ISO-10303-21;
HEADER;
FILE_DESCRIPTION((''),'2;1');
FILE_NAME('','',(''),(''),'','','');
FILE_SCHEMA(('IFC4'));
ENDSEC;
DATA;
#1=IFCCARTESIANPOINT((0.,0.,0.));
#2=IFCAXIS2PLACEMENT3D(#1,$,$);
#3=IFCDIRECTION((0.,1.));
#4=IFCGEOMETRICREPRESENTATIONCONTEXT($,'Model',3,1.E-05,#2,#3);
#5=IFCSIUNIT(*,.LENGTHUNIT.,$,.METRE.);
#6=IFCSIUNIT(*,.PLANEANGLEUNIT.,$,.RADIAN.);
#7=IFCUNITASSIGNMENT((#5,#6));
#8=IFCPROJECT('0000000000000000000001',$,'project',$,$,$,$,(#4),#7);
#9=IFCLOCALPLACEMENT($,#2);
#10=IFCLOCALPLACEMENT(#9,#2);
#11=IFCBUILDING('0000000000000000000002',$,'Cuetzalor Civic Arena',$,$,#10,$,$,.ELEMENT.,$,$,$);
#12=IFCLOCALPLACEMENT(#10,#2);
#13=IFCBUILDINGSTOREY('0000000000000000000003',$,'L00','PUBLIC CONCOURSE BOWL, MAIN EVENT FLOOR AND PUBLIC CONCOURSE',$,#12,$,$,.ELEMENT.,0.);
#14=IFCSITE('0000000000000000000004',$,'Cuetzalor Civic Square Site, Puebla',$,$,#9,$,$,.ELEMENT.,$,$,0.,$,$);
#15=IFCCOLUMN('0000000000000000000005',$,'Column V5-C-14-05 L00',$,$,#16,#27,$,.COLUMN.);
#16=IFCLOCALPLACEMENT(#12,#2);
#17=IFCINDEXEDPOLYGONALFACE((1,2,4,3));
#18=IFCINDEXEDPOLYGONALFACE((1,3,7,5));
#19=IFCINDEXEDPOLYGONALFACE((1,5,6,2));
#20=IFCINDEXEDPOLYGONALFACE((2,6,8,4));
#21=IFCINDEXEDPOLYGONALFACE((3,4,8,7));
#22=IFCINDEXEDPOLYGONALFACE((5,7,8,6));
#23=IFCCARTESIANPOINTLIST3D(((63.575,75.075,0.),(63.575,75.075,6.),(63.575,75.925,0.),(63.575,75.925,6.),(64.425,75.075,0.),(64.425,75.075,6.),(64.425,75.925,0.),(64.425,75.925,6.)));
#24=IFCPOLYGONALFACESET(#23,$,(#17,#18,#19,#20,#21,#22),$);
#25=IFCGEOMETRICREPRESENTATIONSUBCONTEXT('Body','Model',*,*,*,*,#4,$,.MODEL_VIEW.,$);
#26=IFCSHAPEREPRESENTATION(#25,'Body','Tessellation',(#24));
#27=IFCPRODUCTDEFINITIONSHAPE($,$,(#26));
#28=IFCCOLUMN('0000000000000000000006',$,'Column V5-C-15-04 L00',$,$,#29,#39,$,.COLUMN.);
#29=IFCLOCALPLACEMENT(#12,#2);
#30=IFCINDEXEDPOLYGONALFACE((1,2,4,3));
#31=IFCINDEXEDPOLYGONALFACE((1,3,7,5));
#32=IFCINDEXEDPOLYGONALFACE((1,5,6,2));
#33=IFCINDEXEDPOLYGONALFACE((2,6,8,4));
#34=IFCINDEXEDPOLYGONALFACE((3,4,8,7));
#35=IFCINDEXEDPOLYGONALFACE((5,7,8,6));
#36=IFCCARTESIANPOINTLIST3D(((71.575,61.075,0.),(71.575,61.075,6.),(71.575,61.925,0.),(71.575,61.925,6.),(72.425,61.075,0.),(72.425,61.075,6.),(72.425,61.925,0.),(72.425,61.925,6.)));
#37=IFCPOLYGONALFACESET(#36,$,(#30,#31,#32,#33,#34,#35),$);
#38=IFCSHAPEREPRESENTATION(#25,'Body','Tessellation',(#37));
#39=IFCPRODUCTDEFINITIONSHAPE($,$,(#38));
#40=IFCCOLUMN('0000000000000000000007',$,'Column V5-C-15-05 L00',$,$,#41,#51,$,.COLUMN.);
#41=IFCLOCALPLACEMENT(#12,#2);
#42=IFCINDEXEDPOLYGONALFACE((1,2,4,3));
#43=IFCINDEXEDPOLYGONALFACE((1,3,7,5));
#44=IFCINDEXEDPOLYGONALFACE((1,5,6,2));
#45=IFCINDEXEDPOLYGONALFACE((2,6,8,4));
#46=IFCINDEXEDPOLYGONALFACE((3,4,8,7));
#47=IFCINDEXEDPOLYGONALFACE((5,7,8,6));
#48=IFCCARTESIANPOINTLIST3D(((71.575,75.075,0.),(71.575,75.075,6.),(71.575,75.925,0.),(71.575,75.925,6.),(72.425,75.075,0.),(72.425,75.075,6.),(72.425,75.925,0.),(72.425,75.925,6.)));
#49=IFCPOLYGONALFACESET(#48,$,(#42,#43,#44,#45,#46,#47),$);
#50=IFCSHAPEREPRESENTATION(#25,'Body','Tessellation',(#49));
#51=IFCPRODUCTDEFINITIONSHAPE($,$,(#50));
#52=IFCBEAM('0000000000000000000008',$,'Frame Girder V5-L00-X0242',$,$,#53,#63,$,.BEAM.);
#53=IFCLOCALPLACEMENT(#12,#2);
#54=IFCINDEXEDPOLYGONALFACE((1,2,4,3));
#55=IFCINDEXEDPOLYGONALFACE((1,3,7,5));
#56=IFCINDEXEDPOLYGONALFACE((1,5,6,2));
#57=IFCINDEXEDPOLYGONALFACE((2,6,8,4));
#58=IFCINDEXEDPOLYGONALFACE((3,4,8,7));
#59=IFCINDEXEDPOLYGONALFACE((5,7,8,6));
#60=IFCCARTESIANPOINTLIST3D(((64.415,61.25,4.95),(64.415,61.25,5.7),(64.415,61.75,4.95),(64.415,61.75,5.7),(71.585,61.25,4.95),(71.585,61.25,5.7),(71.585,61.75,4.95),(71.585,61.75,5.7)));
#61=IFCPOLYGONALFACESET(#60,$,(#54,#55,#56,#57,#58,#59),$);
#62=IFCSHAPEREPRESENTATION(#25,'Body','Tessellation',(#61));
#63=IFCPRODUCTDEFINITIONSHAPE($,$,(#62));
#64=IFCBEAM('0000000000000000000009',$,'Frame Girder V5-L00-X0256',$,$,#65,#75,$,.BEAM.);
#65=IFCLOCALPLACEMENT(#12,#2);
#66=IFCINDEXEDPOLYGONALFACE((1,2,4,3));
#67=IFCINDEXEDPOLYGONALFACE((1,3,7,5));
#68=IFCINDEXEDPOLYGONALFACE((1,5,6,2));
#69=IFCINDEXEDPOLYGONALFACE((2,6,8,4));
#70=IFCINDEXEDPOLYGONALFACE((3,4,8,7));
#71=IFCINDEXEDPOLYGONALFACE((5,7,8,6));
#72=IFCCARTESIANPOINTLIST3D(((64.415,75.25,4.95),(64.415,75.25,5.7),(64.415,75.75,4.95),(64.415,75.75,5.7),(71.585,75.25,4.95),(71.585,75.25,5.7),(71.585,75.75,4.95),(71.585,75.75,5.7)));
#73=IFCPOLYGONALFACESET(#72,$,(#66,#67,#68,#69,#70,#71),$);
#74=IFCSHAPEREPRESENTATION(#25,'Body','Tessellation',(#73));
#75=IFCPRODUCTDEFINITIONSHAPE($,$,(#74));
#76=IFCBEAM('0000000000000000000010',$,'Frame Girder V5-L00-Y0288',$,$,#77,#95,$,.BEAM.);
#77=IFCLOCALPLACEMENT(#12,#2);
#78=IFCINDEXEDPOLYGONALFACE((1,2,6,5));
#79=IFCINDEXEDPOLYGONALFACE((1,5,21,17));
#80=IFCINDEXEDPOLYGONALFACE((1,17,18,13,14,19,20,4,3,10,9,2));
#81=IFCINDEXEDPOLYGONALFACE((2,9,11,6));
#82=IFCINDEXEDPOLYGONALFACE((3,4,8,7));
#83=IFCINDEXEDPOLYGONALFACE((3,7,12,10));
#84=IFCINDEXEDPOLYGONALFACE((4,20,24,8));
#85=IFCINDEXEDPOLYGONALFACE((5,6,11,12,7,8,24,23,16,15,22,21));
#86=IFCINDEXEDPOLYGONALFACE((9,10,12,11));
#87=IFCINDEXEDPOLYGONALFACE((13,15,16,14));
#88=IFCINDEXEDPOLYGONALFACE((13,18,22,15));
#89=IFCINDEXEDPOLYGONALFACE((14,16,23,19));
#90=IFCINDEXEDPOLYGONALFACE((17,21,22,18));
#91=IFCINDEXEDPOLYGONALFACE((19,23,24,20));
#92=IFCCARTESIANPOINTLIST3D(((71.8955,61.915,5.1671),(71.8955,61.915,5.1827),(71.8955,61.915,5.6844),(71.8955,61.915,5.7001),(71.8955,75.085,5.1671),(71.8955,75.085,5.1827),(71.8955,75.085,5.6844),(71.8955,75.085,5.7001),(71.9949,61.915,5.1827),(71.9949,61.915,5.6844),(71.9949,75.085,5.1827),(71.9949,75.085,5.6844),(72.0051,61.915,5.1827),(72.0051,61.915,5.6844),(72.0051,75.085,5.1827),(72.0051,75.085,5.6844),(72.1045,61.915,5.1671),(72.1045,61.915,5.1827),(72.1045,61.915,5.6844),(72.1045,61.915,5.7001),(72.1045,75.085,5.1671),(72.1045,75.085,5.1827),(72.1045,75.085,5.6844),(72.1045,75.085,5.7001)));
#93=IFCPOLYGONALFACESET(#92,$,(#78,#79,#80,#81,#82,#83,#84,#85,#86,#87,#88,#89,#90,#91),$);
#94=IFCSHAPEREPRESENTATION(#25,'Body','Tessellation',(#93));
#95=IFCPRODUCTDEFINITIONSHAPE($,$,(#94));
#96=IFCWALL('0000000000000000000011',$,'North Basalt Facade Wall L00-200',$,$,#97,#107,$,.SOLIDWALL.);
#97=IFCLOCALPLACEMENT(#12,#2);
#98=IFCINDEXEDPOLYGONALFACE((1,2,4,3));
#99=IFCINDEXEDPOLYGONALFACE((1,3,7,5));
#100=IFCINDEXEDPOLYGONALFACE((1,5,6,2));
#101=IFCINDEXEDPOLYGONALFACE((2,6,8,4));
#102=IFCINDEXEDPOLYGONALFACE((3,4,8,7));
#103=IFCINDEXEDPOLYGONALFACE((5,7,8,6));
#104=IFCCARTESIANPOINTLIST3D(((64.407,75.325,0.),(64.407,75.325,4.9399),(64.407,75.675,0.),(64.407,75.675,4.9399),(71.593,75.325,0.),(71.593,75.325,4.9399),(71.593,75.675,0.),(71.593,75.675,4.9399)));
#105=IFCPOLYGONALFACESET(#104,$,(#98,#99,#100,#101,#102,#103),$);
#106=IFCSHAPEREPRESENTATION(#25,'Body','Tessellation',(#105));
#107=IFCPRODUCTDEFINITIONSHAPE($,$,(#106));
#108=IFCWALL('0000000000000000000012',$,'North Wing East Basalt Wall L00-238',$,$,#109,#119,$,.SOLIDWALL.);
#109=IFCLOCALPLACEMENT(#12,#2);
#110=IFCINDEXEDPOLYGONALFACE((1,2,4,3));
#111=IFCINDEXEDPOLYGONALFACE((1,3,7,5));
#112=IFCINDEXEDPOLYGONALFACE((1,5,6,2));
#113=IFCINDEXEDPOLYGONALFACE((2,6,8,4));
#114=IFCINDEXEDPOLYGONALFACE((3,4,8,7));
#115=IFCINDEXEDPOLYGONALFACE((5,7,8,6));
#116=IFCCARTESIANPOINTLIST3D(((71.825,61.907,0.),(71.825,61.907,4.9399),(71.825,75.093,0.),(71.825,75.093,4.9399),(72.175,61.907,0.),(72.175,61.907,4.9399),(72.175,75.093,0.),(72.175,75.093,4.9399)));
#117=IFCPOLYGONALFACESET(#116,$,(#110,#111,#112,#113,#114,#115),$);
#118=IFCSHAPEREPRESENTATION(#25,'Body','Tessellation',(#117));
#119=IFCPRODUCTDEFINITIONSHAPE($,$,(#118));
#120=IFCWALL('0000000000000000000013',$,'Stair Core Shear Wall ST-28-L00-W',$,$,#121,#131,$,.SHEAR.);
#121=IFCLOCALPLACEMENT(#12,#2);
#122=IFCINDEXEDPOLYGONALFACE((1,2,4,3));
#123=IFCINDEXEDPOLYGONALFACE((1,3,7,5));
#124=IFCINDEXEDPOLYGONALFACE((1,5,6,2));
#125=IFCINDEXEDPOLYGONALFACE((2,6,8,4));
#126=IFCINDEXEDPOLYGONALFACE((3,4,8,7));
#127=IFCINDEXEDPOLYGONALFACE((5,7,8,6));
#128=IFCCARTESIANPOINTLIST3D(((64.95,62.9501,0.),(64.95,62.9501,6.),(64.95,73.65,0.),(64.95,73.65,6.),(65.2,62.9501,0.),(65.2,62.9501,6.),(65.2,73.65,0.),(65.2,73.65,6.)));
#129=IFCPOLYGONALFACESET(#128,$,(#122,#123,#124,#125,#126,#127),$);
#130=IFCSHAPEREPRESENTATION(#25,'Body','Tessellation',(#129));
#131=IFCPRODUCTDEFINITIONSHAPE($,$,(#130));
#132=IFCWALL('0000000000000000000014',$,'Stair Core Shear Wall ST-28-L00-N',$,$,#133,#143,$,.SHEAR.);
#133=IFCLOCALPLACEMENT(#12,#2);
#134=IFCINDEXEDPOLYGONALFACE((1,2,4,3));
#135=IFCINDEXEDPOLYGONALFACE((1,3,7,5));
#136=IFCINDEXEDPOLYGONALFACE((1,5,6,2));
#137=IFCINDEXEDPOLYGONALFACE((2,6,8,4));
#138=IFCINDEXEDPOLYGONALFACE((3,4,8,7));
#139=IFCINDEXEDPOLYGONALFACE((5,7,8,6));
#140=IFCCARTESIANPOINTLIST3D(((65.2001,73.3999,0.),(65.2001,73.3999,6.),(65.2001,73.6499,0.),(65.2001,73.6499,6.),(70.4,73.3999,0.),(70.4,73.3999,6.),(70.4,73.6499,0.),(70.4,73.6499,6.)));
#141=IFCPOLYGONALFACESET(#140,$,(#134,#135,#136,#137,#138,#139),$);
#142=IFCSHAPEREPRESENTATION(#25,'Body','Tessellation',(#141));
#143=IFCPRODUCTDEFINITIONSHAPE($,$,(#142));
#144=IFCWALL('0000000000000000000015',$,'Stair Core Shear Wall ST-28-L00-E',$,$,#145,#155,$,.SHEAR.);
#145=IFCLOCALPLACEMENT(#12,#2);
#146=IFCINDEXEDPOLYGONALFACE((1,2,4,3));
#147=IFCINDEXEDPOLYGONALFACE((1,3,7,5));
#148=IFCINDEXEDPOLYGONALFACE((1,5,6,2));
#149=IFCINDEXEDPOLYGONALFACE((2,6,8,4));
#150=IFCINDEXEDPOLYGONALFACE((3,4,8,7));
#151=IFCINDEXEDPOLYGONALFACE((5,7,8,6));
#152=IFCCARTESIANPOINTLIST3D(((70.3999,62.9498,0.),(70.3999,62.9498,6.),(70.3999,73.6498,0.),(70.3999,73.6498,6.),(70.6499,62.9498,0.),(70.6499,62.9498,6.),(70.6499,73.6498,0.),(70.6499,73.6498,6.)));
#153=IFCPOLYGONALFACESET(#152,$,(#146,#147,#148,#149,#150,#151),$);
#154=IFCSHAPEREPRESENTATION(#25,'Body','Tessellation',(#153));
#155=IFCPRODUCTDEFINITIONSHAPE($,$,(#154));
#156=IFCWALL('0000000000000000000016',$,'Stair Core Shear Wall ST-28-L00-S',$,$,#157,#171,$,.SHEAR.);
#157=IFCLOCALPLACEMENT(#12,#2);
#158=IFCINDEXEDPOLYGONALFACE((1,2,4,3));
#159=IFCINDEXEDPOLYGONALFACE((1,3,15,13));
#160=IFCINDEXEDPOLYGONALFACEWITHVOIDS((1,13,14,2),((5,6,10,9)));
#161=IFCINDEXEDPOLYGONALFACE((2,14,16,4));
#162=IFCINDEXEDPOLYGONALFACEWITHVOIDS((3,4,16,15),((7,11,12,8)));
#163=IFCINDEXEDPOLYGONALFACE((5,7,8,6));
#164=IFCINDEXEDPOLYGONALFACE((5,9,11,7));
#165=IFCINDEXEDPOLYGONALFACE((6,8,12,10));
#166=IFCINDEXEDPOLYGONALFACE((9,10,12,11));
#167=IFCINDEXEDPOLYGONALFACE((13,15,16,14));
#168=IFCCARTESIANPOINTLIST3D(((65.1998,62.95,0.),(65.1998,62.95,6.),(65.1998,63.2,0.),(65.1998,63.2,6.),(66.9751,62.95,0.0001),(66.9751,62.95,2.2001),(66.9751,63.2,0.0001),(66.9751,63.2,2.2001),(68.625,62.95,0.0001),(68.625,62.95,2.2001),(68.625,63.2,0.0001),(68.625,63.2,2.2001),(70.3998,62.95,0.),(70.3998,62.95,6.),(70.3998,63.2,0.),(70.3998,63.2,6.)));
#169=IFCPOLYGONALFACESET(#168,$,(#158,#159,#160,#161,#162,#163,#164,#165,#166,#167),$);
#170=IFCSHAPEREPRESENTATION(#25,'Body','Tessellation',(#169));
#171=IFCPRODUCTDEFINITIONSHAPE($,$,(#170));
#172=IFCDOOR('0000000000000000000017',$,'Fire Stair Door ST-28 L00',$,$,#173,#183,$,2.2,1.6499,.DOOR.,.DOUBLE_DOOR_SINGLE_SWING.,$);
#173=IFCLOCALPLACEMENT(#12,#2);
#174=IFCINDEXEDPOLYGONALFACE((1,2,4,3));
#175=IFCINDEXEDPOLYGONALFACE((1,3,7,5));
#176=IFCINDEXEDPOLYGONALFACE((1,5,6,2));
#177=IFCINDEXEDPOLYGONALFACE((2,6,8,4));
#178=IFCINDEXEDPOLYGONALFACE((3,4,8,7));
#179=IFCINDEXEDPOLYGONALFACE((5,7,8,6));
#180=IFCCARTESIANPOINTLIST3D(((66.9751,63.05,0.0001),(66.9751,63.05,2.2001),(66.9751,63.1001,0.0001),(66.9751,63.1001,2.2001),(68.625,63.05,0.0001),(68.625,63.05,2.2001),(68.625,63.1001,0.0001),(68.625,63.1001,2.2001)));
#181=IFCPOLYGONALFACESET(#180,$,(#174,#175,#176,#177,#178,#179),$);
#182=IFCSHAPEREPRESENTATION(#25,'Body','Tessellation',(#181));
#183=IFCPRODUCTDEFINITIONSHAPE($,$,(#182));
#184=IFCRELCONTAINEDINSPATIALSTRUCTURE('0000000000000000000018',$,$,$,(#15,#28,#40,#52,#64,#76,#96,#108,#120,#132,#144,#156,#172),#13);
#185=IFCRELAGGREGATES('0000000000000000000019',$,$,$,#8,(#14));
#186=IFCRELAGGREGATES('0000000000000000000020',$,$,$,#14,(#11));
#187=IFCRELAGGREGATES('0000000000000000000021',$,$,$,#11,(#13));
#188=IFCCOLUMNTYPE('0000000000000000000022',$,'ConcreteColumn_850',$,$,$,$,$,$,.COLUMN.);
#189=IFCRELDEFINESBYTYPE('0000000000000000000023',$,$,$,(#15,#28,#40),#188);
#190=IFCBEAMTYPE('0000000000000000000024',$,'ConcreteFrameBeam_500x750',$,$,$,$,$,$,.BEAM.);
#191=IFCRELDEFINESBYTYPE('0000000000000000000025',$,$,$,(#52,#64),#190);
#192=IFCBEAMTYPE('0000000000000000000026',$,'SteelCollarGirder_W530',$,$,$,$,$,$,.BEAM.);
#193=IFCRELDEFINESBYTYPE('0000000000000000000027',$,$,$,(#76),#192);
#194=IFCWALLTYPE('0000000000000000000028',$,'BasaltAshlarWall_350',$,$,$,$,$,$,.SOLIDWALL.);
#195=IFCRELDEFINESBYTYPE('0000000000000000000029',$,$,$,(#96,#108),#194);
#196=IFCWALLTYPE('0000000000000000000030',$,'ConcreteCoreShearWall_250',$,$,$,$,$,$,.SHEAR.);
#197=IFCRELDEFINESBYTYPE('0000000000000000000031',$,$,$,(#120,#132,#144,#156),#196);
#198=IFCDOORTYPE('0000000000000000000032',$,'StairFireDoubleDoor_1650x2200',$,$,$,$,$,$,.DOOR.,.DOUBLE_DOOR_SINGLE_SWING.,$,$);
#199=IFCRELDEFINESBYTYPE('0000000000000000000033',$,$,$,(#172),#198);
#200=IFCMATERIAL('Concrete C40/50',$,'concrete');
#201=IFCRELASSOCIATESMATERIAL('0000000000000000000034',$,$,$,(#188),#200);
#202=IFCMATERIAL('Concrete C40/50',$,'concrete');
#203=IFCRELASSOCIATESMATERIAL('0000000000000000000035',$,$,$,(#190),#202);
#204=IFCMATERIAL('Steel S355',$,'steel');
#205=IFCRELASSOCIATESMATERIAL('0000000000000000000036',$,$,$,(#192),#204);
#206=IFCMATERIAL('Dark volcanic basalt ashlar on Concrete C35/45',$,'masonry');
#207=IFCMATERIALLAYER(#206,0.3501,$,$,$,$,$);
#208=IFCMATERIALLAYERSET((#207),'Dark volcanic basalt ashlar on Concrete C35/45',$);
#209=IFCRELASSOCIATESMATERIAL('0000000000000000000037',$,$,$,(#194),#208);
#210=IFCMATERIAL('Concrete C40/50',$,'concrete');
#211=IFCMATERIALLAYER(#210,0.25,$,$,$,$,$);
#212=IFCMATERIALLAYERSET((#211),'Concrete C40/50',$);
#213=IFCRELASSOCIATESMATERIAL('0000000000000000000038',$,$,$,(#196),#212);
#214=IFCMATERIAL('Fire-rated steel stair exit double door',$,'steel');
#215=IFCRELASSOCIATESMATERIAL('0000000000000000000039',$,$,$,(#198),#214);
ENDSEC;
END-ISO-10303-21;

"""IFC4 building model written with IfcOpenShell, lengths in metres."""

from ifc_helpers import new_model, si_unit, direction, frame, frame_2d, origin, origin_2d, place, context, subcontext, project, spatial, rectangle, i_section, extrude, material, layer, layer_set, material_profile, profile_set, type_object, element, fill, save


model = new_model("IFC4")

# Units and contexts
model_context = context("Model", 3, precision=1e-05, world=origin(), true_north=direction((0.0, 1.0)))
body_context = subcontext(model_context, "Body", "Model", "MODEL_VIEW")
ifc_project = project(units=[si_unit("LENGTHUNIT", "METRE"), si_unit("PLANEANGLEUNIT", "RADIAN")], contexts=[model_context])

# Site, building, storey
site_placement = place(None, origin())
site = spatial("IfcSite", under=ifc_project, at=site_placement, Name="Cuetzalor Civic Square Site, Puebla", CompositionType="ELEMENT", RefElevation=0.0)
building_placement = place(site_placement, origin())
building = spatial("IfcBuilding", under=site, at=building_placement, Name="Cuetzalor Civic Arena", CompositionType="ELEMENT")
storey_placement = place(building_placement, origin())
storey = spatial("IfcBuildingStorey", under=building, at=storey_placement, Name="L00", Description="PUBLIC CONCOURSE BOWL, MAIN EVENT FLOOR AND PUBLIC CONCOURSE", CompositionType="ELEMENT", Elevation=0.0)

# Columns
ifc_material_1 = material(Name="Concrete C40/50", Category="concrete")
ifc_material_profile_1 = material_profile(ifc_material_1, rectangle(XDim=0.8501, YDim=0.8501, at=origin_2d()), Name="RC 850x850")
ifc_profile_set_1 = profile_set([ifc_material_profile_1], Name="Concrete C40/50")
column_type = type_object("IfcColumnType", Name="ConcreteColumn_850", PredefinedType="COLUMN", material=ifc_profile_set_1)
for number, where, z_axis, x_axis, name in (
    (1, (64.0, 75.5, 0.0), (0.0, 0.0, 1.0), (1.0, 0.0, 0.0), "Column V5-C-14-05 L00"),
    (2, (72.0, 61.5, 0.0), (0.0, 0.0, 1.0), (1.0, 0.0, 0.0), "Column V5-C-15-04 L00"),
    (3, (72.0, 75.5, 0.0), (0.0, 0.0, 1.0), (1.0, 0.0, 0.0), "Column V5-C-15-05 L00"),
):
    element("IfcColumn", number, at=place(storey_placement, frame(where, z_axis=z_axis, x_axis=x_axis)), inside=storey, type_object=column_type, Name=name, PredefinedType="COLUMN", context=body_context, shape_type="SweptSolid", body=[
        extrude(rectangle(XDim=0.8501, YDim=0.8501, at=origin_2d()), origin(), (0.0, 0.0, 1.0), 6.0),
    ])

# Beams
ifc_material_2 = material(Name="Concrete C40/50", Category="concrete")
ifc_material_profile_2 = material_profile(ifc_material_2, rectangle(XDim=0.5, YDim=0.75, at=origin_2d()), Name="RC 500x750")
ifc_profile_set_2 = profile_set([ifc_material_profile_2], Name="Concrete C40/50")
beam_type_1 = type_object("IfcBeamType", Name="ConcreteFrameBeam_500x750", PredefinedType="BEAM", material=ifc_profile_set_2)
for number, where, z_axis, x_axis, name in (
    (4, (64.415, 61.5, 5.325), (1.0, 0.0, 0.0), (0.0, 1.0, 0.0), "Frame Girder V5-L00-X0242"),
    (5, (64.415, 75.5, 5.325), (1.0, 0.0, 0.0), (0.0, 1.0, 0.0), "Frame Girder V5-L00-X0256"),
):
    element("IfcBeam", number, at=place(storey_placement, frame(where, z_axis=z_axis, x_axis=x_axis)), inside=storey, type_object=beam_type_1, Name=name, PredefinedType="BEAM", context=body_context, shape_type="SweptSolid", body=[
        extrude(rectangle(XDim=0.5, YDim=0.75, at=origin_2d()), origin(), (0.0, 0.0, 1.0), 7.1699),
    ])
ifc_material_3 = material(Name="Steel S355", Category="steel")
ifc_material_profile_3 = material_profile(ifc_material_3, i_section(OverallWidth=0.209, OverallDepth=0.533, WebThickness=0.0103, FlangeThickness=0.0156, at=origin_2d()), Name="W530x92")
ifc_profile_set_3 = profile_set([ifc_material_profile_3], Name="Steel S355")
beam_type_2 = type_object("IfcBeamType", Name="SteelCollarGirder_W530", PredefinedType="BEAM", material=ifc_profile_set_3)
beam_placement = place(storey_placement, frame((72.0, 61.915, 5.4336), z_axis=(0.0, 1.0, 0.0), x_axis=(-1.0, 0.0, 0.0)))
element("IfcBeam", 6, at=beam_placement, inside=storey, type_object=beam_type_2, Name="Frame Girder V5-L00-Y0288", PredefinedType="BEAM", context=body_context, shape_type="SweptSolid", body=[
    extrude(i_section(OverallWidth=0.209, OverallDepth=0.533, WebThickness=0.0103, FlangeThickness=0.0156, at=origin_2d()), origin(), (0.0, 0.0, 1.0), 13.1699),
])

# Walls
ifc_material_4 = material(Name="Dark volcanic basalt ashlar on Concrete C35/45", Category="masonry")
ifc_layer_1 = layer(ifc_material_4, 0.3501)
ifc_layer_set_1 = layer_set([ifc_layer_1], Name="Dark volcanic basalt ashlar on Concrete C35/45")
wall_type_1 = type_object("IfcWallType", Name="BasaltAshlarWall_350", PredefinedType="SOLIDWALL", material=ifc_layer_set_1)
wall_1_placement = place(storey_placement, frame((64.407, 75.5, 0.0), z_axis=(0.0, 0.0, 1.0), x_axis=(1.0, 0.0, 0.0)))
element("IfcWall", 7, at=wall_1_placement, inside=storey, type_object=wall_type_1, Name="North Basalt Facade Wall L00-200", PredefinedType="SOLIDWALL", context=body_context, shape_type="SweptSolid", body=[
    extrude(rectangle(XDim=7.186, YDim=0.3501, at=frame_2d((3.593, 0.0))), origin(), (0.0, 0.0, 1.0), 4.9399),
])
wall_2_placement = place(storey_placement, frame((72.0, 75.093, 0.0), z_axis=(0.0, 0.0, 1.0), x_axis=(0.0, -1.0, 0.0)))
element("IfcWall", 8, at=wall_2_placement, inside=storey, type_object=wall_type_1, Name="North Wing East Basalt Wall L00-238", PredefinedType="SOLIDWALL", context=body_context, shape_type="SweptSolid", body=[
    extrude(rectangle(XDim=13.186, YDim=0.3501, at=frame_2d((6.593, 0.0))), origin(), (0.0, 0.0, 1.0), 4.9399),
])
ifc_material_5 = material(Name="Concrete C40/50", Category="concrete")
ifc_layer_2 = layer(ifc_material_5, 0.25)
ifc_layer_set_2 = layer_set([ifc_layer_2], Name="Concrete C40/50")
wall_type_2 = type_object("IfcWallType", Name="ConcreteCoreShearWall_250", PredefinedType="SHEAR", material=ifc_layer_set_2)
wall_3_placement = place(storey_placement, frame((65.075, 62.95, 0.0), z_axis=(0.0, 0.0, 1.0), x_axis=(0.0, 1.0, 0.0)))
element("IfcWall", 9, at=wall_3_placement, inside=storey, type_object=wall_type_2, Name="Stair Core Shear Wall ST-28-L00-W", PredefinedType="SHEAR", context=body_context, shape_type="SweptSolid", body=[
    extrude(rectangle(XDim=10.7, YDim=0.25, at=frame_2d((5.3501, 0.0))), origin(), (0.0, 0.0, 1.0), 6.0),
])
wall_4_placement = place(storey_placement, frame((65.2, 73.5249, 0.0), z_axis=(0.0, 0.0, 1.0), x_axis=(1.0, 0.0, 0.0)))
element("IfcWall", 10, at=wall_4_placement, inside=storey, type_object=wall_type_2, Name="Stair Core Shear Wall ST-28-L00-N", PredefinedType="SHEAR", context=body_context, shape_type="SweptSolid", body=[
    extrude(rectangle(XDim=5.2, YDim=0.25, at=frame_2d((2.6001, 0.0))), origin(), (0.0, 0.0, 1.0), 6.0),
])
wall_5_placement = place(storey_placement, frame((70.5249, 73.6499, 0.0), z_axis=(0.0, 0.0, 1.0), x_axis=(0.0, -1.0, 0.0)))
element("IfcWall", 11, at=wall_5_placement, inside=storey, type_object=wall_type_2, Name="Stair Core Shear Wall ST-28-L00-E", PredefinedType="SHEAR", context=body_context, shape_type="SweptSolid", body=[
    extrude(rectangle(XDim=10.7, YDim=0.25, at=frame_2d((5.3501, 0.0))), origin(), (0.0, 0.0, 1.0), 6.0),
])

# Wall, opening, door
wall_6_placement = place(storey_placement, frame((70.3999, 63.075, 0.0), z_axis=(0.0, 0.0, 1.0), x_axis=(-1.0, 0.0, 0.0)))
wall_6 = element("IfcWall", 12, at=wall_6_placement, inside=storey, type_object=wall_type_2, Name="Stair Core Shear Wall ST-28-L00-S", PredefinedType="SHEAR", context=body_context, shape_type="SweptSolid", body=[
    extrude(rectangle(XDim=5.2, YDim=0.25, at=frame_2d((2.6001, 0.0))), origin(), (0.0, 0.0, 1.0), 6.0),
])
opening_1_placement = place(wall_6_placement, frame((1.7749, 0.0, 0.0)))
opening_1 = element("IfcOpeningElement", 13, at=opening_1_placement, cuts=wall_6, PredefinedType="OPENING", context=body_context, shape_type="SweptSolid", body=[
    extrude(rectangle(XDim=1.6499, YDim=2.2, at=frame_2d((0.825, 1.1001))), frame((0.0, 0.135, 0.0), z_axis=(0.0, -1.0, 0.0), x_axis=(1.0, 0.0, 0.0)), (0.0, 0.0, 1.0), 0.27),
])
ifc_material_6 = material(Name="Fire-rated steel stair exit double door", Category="steel")
door_type_1 = type_object("IfcDoorType", Name="StairFireDoubleDoor_1650x2200", OperationType="DOUBLE_DOOR_SINGLE_SWING", PredefinedType="DOOR", material=ifc_material_6)
door_1_placement = place(opening_1_placement, origin())
door_1 = element("IfcDoor", 14, at=door_1_placement, inside=storey, type_object=door_type_1, Name="Fire Stair Door ST-28 L00", OperationType="DOUBLE_DOOR_SINGLE_SWING", OverallHeight=2.2, OverallWidth=1.6499, PredefinedType="DOOR", context=body_context, shape_type="SweptSolid", body=[
    extrude(rectangle(XDim=1.6499, YDim=2.2, at=frame_2d((0.825, 1.1001))), frame((0.0, 0.0249, 0.0), z_axis=(0.0, -1.0, 0.0), x_axis=(1.0, 0.0, 0.0)), (0.0, 0.0, 1.0), 0.05),
])
fill(opening_1, door_1)

save(model, "model.ifc")
